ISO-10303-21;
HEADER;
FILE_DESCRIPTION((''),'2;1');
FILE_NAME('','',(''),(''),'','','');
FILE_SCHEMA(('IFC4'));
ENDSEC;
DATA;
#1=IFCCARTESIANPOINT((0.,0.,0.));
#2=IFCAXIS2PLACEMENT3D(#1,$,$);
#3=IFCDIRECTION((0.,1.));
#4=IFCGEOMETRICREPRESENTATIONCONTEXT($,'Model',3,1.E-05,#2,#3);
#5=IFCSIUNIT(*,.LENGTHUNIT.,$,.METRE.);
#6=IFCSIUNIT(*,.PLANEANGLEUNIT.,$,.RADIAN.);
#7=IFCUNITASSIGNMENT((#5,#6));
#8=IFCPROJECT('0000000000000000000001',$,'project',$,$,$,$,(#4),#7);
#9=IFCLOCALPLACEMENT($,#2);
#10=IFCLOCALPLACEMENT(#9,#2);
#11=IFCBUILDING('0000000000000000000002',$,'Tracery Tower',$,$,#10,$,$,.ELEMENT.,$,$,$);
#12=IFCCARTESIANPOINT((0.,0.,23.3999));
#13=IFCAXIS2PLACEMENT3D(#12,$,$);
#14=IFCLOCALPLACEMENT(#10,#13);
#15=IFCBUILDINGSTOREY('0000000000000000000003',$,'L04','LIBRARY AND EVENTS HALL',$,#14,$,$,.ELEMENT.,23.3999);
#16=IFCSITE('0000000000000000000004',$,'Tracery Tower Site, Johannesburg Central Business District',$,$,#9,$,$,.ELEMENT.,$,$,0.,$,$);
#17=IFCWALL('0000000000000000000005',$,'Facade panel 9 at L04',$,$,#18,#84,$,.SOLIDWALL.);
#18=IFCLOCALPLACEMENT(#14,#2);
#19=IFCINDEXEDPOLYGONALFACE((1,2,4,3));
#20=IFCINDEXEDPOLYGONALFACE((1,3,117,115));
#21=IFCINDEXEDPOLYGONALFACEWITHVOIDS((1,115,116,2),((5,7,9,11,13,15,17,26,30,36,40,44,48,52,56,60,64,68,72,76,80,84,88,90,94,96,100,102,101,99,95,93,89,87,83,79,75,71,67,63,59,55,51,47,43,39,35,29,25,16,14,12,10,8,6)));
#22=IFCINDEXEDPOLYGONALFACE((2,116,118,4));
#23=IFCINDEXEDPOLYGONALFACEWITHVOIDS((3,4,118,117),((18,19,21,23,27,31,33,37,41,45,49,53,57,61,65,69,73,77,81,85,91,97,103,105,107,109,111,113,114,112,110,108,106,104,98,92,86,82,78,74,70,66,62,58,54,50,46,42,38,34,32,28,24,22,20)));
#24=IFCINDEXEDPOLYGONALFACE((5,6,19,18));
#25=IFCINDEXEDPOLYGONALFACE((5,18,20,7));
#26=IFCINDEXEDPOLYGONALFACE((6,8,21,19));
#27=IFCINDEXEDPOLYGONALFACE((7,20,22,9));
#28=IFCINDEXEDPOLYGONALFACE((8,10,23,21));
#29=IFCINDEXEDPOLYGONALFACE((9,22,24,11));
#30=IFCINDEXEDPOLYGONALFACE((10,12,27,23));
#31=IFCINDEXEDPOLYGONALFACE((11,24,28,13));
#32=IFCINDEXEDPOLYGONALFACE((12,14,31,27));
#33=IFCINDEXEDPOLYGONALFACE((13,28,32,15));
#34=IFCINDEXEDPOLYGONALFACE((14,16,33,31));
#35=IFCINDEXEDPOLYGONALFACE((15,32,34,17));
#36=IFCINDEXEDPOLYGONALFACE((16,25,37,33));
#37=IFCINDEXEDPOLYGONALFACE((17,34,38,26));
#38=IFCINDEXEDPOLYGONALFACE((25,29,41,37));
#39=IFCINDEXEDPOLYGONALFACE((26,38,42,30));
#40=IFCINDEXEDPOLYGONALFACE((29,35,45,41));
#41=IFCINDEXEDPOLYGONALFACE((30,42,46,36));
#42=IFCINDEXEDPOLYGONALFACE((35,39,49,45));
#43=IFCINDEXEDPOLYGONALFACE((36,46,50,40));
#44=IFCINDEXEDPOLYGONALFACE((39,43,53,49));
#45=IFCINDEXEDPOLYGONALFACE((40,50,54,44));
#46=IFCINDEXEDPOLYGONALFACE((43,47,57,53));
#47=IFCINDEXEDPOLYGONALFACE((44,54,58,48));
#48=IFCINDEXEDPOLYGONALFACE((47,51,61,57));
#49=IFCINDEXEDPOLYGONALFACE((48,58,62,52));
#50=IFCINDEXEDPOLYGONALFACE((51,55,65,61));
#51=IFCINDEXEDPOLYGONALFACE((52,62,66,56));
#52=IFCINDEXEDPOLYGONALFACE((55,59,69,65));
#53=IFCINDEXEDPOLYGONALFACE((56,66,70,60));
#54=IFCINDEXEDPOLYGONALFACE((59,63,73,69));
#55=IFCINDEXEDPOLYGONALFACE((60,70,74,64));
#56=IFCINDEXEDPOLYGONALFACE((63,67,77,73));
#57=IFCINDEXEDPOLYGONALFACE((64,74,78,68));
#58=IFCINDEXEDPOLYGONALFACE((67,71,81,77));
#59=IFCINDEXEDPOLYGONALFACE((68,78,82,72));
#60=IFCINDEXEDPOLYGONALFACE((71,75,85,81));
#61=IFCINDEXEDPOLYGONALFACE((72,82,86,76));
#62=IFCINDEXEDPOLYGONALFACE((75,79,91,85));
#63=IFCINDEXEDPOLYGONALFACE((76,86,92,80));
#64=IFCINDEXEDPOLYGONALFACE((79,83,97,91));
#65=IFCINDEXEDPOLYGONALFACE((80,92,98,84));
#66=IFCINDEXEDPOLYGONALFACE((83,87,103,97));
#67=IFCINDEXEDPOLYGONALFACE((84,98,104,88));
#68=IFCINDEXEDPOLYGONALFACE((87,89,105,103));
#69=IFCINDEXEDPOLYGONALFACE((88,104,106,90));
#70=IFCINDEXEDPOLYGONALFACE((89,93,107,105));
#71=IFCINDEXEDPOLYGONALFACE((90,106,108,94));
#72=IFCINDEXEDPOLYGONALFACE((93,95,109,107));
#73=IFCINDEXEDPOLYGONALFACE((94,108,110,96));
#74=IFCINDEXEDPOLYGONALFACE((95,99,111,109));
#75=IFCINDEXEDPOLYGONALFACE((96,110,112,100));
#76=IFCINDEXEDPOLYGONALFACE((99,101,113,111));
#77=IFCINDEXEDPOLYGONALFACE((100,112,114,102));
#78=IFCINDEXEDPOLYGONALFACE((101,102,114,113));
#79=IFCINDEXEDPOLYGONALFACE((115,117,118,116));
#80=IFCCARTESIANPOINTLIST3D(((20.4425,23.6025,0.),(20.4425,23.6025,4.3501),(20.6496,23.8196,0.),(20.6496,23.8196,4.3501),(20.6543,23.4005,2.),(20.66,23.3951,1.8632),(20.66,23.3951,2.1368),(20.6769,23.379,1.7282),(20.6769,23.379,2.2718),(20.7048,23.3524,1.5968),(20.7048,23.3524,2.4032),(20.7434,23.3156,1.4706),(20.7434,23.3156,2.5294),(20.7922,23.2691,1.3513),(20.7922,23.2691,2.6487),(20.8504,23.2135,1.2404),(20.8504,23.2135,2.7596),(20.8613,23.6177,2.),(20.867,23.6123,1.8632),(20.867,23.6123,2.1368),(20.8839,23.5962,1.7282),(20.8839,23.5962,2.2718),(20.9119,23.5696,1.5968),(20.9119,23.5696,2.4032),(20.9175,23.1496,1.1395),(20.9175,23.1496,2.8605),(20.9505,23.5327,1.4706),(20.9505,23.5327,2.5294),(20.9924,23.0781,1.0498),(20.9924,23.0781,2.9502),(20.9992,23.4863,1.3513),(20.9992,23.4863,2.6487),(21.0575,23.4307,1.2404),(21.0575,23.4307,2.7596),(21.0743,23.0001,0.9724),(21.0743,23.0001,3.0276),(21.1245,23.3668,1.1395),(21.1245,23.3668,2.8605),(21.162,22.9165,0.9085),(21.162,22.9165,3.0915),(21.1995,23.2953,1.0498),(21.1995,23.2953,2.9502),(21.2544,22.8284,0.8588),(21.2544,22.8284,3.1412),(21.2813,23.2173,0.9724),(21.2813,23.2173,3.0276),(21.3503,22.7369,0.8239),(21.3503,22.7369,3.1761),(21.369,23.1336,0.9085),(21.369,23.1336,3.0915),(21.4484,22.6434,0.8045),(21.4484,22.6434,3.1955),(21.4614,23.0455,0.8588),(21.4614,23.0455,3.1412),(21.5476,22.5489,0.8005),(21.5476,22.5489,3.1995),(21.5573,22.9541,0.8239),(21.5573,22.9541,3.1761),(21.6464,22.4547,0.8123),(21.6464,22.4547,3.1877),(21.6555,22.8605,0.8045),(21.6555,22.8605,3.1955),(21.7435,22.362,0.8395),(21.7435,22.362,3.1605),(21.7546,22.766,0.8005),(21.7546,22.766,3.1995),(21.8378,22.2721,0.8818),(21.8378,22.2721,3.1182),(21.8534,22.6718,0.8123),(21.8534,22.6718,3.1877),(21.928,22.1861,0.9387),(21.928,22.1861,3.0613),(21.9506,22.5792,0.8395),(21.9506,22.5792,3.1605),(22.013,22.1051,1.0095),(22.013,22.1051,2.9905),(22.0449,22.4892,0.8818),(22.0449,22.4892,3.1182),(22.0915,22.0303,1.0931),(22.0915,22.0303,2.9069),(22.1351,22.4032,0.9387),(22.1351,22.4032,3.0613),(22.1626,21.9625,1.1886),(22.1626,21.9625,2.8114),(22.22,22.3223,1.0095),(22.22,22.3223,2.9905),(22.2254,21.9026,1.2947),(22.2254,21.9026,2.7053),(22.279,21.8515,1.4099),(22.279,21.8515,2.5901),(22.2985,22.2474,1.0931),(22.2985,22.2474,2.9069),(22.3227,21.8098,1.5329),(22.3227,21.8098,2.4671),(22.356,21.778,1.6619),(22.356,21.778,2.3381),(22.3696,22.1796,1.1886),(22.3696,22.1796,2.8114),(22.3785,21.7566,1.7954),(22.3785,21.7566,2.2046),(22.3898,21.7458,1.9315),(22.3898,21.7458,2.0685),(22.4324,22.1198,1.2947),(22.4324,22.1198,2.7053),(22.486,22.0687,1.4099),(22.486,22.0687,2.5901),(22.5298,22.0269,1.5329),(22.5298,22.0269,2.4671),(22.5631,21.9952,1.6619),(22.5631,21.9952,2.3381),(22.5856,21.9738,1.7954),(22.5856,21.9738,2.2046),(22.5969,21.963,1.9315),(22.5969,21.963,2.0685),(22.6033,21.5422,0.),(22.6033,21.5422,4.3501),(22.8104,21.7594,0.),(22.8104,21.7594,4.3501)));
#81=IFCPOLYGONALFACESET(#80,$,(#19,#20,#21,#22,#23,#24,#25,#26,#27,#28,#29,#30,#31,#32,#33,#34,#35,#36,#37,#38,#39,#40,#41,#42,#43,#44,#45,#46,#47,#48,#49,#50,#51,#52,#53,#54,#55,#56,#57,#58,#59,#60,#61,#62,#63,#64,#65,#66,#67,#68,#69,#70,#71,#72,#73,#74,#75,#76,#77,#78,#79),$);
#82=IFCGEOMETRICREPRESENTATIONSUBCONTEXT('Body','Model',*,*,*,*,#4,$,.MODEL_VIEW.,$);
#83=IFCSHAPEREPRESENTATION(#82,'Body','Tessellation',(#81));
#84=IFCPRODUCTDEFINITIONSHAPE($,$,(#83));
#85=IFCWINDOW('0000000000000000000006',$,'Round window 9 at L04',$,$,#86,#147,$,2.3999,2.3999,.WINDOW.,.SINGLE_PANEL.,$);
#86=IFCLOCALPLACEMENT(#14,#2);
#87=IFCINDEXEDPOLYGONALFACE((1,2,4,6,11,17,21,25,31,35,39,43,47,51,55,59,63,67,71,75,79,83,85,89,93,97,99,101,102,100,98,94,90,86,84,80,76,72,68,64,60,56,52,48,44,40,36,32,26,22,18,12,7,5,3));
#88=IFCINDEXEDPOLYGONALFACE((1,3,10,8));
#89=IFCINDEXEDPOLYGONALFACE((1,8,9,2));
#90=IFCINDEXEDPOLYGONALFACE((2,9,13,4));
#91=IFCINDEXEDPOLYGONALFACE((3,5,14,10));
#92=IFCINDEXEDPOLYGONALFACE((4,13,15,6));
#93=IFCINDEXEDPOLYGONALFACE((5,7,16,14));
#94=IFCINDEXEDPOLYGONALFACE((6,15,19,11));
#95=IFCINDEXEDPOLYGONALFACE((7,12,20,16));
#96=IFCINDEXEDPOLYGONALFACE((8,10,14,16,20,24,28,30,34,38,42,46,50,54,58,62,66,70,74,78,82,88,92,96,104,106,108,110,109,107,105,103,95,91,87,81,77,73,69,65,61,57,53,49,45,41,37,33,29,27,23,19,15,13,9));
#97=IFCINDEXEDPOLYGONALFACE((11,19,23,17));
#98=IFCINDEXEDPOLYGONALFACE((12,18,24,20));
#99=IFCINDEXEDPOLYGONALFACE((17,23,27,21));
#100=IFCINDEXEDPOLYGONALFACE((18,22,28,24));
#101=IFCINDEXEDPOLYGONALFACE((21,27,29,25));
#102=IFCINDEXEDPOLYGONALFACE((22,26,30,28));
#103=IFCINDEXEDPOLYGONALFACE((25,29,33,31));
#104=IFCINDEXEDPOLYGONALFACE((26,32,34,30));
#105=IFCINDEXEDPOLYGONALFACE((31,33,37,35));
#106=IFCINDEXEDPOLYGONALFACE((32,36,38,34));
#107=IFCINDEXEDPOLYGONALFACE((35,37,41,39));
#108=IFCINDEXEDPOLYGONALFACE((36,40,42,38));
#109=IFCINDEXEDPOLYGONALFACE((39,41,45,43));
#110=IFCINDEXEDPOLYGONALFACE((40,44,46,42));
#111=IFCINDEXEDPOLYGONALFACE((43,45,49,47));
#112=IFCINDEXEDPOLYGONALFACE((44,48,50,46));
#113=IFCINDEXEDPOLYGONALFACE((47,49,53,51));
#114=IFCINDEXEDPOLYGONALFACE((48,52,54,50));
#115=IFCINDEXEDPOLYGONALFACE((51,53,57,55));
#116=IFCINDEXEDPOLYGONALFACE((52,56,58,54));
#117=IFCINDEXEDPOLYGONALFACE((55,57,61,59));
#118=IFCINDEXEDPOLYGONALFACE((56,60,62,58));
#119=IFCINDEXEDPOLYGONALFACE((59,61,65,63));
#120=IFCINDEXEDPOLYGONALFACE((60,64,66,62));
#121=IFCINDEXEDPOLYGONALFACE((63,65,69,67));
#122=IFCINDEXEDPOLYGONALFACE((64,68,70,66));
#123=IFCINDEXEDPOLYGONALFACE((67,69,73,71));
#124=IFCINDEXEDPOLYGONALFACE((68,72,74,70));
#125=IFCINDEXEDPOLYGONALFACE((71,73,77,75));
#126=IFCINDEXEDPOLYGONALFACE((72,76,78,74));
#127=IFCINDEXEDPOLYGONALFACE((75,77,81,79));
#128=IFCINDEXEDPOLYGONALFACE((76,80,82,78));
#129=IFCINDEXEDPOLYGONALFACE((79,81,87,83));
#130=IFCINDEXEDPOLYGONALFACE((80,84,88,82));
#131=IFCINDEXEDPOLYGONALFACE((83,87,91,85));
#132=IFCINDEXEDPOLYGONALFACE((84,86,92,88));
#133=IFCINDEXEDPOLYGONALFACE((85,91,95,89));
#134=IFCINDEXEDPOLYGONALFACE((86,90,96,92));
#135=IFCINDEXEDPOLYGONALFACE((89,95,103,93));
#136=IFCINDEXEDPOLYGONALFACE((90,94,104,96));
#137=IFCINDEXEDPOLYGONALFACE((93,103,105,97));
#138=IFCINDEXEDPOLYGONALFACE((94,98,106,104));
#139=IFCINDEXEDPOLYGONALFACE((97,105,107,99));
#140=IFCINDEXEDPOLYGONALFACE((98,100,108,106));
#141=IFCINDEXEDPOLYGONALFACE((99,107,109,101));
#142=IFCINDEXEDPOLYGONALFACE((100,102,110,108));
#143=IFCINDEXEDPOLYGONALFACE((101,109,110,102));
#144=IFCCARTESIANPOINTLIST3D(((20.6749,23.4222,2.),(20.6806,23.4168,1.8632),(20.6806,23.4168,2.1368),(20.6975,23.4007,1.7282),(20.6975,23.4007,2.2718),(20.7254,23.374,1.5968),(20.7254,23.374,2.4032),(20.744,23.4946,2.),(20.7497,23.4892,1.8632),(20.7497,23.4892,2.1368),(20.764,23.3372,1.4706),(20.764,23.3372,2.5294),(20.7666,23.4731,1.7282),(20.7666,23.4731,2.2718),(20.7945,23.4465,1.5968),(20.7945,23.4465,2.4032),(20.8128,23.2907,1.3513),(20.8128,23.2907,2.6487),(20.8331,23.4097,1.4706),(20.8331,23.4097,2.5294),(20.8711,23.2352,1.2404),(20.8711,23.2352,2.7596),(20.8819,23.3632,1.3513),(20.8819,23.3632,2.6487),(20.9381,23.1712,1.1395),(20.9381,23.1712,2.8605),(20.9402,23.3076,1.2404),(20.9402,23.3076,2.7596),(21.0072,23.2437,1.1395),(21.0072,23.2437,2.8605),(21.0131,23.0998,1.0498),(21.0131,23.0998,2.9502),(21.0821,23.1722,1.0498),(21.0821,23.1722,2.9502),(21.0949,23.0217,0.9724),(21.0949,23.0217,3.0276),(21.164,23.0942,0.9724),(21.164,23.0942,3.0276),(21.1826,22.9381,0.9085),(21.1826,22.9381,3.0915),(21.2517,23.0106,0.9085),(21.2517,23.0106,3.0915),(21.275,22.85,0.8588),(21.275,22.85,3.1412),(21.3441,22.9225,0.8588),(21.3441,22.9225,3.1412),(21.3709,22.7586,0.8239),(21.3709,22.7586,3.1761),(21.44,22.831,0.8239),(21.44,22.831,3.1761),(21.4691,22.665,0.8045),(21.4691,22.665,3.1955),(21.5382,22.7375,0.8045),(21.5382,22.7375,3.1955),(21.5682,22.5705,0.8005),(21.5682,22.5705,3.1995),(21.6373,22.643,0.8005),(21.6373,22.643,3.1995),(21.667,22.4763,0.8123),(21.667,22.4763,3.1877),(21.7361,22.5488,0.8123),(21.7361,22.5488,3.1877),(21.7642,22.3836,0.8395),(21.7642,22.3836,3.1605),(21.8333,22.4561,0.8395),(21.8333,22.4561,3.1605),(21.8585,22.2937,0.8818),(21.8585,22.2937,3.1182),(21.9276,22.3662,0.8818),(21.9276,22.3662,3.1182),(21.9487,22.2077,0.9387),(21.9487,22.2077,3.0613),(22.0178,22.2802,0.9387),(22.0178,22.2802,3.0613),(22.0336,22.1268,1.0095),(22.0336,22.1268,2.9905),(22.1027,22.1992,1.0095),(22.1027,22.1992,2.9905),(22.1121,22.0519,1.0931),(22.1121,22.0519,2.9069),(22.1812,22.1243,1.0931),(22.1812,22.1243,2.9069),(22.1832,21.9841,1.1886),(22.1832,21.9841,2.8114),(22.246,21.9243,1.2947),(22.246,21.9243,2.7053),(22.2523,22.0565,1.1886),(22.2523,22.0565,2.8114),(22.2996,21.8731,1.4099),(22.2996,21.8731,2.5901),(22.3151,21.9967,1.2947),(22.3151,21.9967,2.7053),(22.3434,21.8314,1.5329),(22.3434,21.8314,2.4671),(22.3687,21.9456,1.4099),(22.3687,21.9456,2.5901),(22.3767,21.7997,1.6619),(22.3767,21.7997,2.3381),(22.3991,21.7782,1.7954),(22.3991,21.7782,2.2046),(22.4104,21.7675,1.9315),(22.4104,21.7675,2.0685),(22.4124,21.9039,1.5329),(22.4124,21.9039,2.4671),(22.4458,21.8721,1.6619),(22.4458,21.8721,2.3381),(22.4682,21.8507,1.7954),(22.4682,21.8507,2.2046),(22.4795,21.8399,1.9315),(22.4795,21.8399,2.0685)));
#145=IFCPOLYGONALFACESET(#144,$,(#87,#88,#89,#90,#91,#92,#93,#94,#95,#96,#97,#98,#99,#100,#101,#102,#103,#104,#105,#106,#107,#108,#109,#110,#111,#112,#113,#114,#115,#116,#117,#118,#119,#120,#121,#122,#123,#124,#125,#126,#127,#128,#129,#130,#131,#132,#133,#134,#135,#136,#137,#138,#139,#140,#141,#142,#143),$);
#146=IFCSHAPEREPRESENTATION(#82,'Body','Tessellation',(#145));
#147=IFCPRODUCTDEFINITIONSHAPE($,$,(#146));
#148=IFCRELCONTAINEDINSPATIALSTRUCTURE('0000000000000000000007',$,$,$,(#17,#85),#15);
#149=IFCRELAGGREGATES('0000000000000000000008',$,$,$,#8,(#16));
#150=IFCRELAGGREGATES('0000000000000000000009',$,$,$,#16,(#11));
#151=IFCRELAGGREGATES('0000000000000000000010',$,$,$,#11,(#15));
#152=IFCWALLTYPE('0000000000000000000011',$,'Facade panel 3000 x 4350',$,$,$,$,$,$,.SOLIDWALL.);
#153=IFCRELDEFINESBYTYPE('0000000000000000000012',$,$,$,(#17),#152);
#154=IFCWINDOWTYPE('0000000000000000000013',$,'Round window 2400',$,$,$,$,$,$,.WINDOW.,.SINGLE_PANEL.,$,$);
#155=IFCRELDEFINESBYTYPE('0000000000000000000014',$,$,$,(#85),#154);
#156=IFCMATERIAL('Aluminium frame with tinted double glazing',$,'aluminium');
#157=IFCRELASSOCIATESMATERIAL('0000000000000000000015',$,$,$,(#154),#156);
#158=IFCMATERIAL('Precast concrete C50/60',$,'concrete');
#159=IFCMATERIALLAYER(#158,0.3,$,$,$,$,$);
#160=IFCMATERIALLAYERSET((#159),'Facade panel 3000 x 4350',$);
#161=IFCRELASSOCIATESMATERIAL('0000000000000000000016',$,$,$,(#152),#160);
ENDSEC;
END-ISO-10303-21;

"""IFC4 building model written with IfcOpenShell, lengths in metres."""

from ifc_helpers import new_model, si_unit, direction, frame, frame_2d, origin, origin_2d, place, context, subcontext, project, spatial, rectangle, circle, extrude, material, layer, layer_set, type_object, element, fill, save


model = new_model("IFC4")

# Units and contexts
model_context = context("Model", 3, precision=1e-05, world=origin(), true_north=direction((0.0, 1.0)))
body_context = subcontext(model_context, "Body", "Model", "MODEL_VIEW")
ifc_project = project(units=[si_unit("LENGTHUNIT", "METRE"), si_unit("PLANEANGLEUNIT", "RADIAN")], contexts=[model_context])

# Site, building, storey
site_placement = place(None, origin())
site = spatial("IfcSite", under=ifc_project, at=site_placement, Name="Tracery Tower Site, Johannesburg Central Business District", CompositionType="ELEMENT", RefElevation=0.0)
building_placement = place(site_placement, origin())
building = spatial("IfcBuilding", under=site, at=building_placement, Name="Tracery Tower", CompositionType="ELEMENT")
storey_placement = place(building_placement, frame((0.0, 0.0, 23.3999)))
storey = spatial("IfcBuildingStorey", under=building, at=storey_placement, Name="L04", Description="LIBRARY AND EVENTS HALL", CompositionType="ELEMENT", Elevation=23.3999)

# Wall, opening, window
ifc_material_1 = material(Name="Aluminium frame with tinted double glazing", Category="aluminium")
window_type = type_object("IfcWindowType", Name="Round window 2400", PartitioningType="SINGLE_PANEL", PredefinedType="WINDOW", material=ifc_material_1)
ifc_material_2 = material(Name="Precast concrete C50/60", Category="concrete")
ifc_layer_1 = layer(ifc_material_2, 0.3)
ifc_layer_set_1 = layer_set([ifc_layer_1], Name="Facade panel 3000 x 4350")
wall_type_1 = type_object("IfcWallType", Name="Facade panel 3000 x 4350", PredefinedType="SOLIDWALL", material=ifc_layer_set_1)
wall_1_placement = place(storey_placement, frame((22.7068, 21.6509, 0.0), z_axis=(0.0, 0.0, 1.0), x_axis=(-0.723751, 0.690061, 0.0)))
wall_1 = element("IfcWall", 1, at=wall_1_placement, inside=storey, type_object=wall_type_1, Name="Facade panel 9 at L04", PredefinedType="SOLIDWALL", context=body_context, shape_type="SweptSolid", body=[
    extrude(rectangle(XDim=2.9856, YDim=0.3, at=frame_2d((1.4927, 0.0))), origin(), (0.0, 0.0, 1.0), 4.3501),
])
opening_1_placement = place(wall_1_placement, frame((1.4929, 0.0, 2.0)))
opening_1 = element("IfcOpeningElement", 2, at=opening_1_placement, cuts=wall_1, PredefinedType="OPENING", context=body_context, shape_type="SweptSolid", body=[
    extrude(circle(Radius=1.2, at=origin_2d()), frame((0.0, 0.1599, 0.0), z_axis=(0.0, -1.0, 0.0), x_axis=(1.0, 0.0, 0.0)), (0.0, 0.0, 1.0), 0.3201),
])
window_1_placement = place(opening_1_placement, origin())
window_1 = element("IfcWindow", 3, at=window_1_placement, inside=storey, type_object=window_type, Name="Round window 9 at L04", OverallHeight=2.3999, OverallWidth=2.3999, PartitioningType="SINGLE_PANEL", PredefinedType="WINDOW", context=body_context, shape_type="SweptSolid", body=[
    extrude(circle(Radius=1.2, at=origin_2d()), frame((0.0, 0.1201, 0.0), z_axis=(0.0, -1.0, 0.0), x_axis=(1.0, 0.0, 0.0)), (0.0, 0.0, 1.0), 0.1001),
])
fill(opening_1, window_1)

save(model, "model.ifc")
